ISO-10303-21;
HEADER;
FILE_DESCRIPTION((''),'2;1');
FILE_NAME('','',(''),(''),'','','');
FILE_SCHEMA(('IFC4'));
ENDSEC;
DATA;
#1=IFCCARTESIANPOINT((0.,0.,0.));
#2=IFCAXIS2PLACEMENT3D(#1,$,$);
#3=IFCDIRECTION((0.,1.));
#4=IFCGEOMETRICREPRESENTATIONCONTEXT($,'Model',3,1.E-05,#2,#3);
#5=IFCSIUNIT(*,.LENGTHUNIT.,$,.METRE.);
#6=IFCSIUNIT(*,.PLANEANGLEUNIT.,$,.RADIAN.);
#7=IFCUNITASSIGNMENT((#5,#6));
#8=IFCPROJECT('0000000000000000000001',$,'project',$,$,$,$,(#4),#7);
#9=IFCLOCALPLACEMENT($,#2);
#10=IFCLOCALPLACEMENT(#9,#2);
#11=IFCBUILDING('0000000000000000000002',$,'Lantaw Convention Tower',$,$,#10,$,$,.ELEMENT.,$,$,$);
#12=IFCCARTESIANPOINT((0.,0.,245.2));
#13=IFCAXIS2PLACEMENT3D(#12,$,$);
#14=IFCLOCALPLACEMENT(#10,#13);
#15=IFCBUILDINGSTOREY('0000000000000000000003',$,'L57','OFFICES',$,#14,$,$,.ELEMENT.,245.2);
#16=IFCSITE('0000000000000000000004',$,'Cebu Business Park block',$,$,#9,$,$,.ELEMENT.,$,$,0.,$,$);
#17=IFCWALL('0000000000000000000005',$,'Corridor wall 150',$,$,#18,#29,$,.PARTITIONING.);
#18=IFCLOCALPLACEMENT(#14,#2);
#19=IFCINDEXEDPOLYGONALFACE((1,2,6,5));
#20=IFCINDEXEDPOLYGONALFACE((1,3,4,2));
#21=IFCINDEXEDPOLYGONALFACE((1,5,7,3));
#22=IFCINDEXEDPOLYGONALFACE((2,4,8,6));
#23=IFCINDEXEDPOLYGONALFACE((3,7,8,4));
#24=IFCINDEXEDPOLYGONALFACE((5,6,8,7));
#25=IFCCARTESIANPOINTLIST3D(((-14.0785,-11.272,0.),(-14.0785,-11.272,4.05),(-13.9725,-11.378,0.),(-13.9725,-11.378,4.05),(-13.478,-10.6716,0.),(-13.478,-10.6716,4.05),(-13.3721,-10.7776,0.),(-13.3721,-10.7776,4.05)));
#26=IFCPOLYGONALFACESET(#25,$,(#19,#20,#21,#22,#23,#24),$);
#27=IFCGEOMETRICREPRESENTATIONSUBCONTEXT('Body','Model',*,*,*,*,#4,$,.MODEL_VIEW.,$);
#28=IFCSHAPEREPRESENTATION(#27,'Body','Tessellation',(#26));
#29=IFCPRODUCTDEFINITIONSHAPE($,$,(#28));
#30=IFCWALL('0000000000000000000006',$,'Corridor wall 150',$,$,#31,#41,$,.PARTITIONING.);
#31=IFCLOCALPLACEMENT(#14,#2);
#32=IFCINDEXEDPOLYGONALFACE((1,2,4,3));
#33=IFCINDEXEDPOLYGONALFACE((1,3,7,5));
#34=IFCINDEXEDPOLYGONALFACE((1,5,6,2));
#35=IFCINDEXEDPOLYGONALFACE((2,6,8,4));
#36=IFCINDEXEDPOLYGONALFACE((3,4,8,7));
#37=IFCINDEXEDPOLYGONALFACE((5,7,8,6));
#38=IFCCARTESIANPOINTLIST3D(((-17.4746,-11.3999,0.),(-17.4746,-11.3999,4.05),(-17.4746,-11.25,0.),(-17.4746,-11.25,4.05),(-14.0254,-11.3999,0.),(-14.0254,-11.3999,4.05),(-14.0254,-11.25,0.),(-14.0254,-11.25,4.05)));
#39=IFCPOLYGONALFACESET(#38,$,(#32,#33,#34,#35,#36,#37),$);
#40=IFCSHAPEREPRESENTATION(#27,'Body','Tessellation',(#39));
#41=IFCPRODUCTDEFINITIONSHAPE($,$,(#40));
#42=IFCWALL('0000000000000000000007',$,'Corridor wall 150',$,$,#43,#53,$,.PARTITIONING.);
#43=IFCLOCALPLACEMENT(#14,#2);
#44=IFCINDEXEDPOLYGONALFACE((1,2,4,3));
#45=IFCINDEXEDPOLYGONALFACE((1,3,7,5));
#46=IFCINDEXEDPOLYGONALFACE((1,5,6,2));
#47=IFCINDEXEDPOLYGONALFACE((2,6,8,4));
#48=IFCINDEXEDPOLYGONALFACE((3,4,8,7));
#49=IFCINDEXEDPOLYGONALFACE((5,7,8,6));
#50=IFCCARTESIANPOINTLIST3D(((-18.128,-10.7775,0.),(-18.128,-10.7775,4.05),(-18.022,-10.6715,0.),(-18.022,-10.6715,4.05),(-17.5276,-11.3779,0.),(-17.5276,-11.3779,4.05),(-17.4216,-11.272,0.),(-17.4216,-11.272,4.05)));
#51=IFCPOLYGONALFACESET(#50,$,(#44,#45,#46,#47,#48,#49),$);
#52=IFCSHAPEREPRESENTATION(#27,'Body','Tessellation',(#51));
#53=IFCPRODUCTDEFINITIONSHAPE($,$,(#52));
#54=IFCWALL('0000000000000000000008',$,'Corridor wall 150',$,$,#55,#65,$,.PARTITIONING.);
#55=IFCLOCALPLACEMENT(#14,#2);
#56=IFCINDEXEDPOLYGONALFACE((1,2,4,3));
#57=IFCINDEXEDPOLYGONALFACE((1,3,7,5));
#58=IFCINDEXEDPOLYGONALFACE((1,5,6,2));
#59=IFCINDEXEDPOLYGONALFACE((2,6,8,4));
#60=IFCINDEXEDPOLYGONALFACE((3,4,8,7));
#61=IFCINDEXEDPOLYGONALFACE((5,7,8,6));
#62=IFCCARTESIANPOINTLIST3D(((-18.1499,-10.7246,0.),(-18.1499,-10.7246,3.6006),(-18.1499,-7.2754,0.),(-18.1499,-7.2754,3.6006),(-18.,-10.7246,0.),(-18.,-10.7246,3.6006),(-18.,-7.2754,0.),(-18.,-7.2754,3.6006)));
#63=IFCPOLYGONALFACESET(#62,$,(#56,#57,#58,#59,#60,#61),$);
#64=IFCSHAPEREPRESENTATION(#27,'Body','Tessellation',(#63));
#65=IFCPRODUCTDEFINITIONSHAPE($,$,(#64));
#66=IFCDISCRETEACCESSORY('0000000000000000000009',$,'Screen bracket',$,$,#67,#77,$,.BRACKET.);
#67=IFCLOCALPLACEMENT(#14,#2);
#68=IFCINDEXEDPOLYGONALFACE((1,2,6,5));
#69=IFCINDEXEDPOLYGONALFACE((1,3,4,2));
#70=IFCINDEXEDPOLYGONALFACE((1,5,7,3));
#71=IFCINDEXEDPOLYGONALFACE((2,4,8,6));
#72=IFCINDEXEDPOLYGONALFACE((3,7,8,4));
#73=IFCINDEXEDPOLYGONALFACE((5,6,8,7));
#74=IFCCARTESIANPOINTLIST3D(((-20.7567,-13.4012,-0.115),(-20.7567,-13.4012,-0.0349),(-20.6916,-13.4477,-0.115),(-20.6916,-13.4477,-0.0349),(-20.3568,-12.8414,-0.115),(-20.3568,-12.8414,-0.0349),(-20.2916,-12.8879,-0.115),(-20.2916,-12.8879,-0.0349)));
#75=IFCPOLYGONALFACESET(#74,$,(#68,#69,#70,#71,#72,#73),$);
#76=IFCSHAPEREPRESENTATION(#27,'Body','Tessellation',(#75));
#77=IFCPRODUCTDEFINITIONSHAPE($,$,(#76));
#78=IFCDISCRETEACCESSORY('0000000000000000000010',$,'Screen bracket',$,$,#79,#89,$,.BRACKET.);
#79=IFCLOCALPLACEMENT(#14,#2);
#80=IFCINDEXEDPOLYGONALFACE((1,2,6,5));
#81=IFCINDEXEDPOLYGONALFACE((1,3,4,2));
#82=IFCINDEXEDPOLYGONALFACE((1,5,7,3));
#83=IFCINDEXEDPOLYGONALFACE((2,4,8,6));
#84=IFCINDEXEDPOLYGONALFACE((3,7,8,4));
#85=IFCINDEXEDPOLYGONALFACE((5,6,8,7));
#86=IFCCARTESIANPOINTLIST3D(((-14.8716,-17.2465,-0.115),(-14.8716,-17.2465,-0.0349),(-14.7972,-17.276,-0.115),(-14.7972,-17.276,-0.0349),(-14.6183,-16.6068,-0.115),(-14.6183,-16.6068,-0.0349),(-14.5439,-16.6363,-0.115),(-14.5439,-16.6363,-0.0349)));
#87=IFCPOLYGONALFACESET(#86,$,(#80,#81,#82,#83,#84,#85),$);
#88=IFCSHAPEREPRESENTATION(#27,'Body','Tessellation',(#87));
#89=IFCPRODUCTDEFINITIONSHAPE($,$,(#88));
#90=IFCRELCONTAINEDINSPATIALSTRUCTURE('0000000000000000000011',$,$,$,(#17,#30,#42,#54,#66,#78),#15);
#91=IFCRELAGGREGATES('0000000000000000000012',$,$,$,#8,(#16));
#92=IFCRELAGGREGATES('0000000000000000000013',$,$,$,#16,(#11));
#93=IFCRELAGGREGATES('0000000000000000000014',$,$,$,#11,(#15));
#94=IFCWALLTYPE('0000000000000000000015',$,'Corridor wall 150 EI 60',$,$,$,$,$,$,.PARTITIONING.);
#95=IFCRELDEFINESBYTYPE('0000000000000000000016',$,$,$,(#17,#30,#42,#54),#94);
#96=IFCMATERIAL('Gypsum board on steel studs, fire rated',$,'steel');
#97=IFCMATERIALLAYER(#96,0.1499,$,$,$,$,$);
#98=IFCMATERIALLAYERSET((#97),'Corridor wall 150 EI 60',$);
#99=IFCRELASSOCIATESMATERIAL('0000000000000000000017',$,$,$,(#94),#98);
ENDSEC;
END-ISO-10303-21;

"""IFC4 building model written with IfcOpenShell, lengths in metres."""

from ifc_helpers import new_model, si_unit, direction, frame, frame_2d, origin, origin_2d, place, context, subcontext, project, spatial, rectangle, extrude, material, layer, layer_set, type_object, element, save


model = new_model("IFC4")

# Units and contexts
model_context = context("Model", 3, precision=1e-05, world=origin(), true_north=direction((0.0, 1.0)))
body_context = subcontext(model_context, "Body", "Model", "MODEL_VIEW")
ifc_project = project(units=[si_unit("LENGTHUNIT", "METRE"), si_unit("PLANEANGLEUNIT", "RADIAN")], contexts=[model_context])

# Site, building, storey
site_placement = place(None, origin())
site = spatial("IfcSite", under=ifc_project, at=site_placement, Name="Cebu Business Park block", CompositionType="ELEMENT", RefElevation=0.0)
building_placement = place(site_placement, origin())
building = spatial("IfcBuilding", under=site, at=building_placement, Name="Lantaw Convention Tower", CompositionType="ELEMENT")
storey_placement = place(building_placement, frame((0.0, 0.0, 245.2)))
storey = spatial("IfcBuildingStorey", under=building, at=storey_placement, Name="L57", Description="OFFICES", CompositionType="ELEMENT", Elevation=245.2)

# Walls
ifc_material_1 = material(Name="Gypsum board on steel studs, fire rated", Category="steel")
ifc_layer_1 = layer(ifc_material_1, 0.1499)
ifc_layer_set_1 = layer_set([ifc_layer_1], Name="Corridor wall 150 EI 60")
wall_type = type_object("IfcWallType", Name="Corridor wall 150 EI 60", PredefinedType="PARTITIONING", material=ifc_layer_set_1)
wall_1_placement = place(storey_placement, frame((-13.425, -10.7246, 0.0), z_axis=(0.0, 0.0, 1.0), x_axis=(-0.707107, -0.707107, 0.0)))
element("IfcWall", 1, at=wall_1_placement, inside=storey, type_object=wall_type, Name="Corridor wall 150", PredefinedType="PARTITIONING", context=body_context, shape_type="SweptSolid", body=[
    extrude(rectangle(XDim=0.8491, YDim=0.1499, at=frame_2d((0.4246, 0.0))), origin(), (0.0, 0.0, 1.0), 4.05),
])
wall_2_placement = place(storey_placement, frame((-14.0254, -11.325, 0.0), z_axis=(0.0, 0.0, 1.0), x_axis=(-1.0, 0.0, 0.0)))
element("IfcWall", 2, at=wall_2_placement, inside=storey, type_object=wall_type, Name="Corridor wall 150", PredefinedType="PARTITIONING", context=body_context, shape_type="SweptSolid", body=[
    extrude(rectangle(XDim=3.4492, YDim=0.1499, at=frame_2d((1.7246, 0.0))), origin(), (0.0, 0.0, 1.0), 4.05),
])
wall_3_placement = place(storey_placement, frame((-17.4746, -11.325, 0.0), z_axis=(0.0, 0.0, 1.0), x_axis=(-0.707107, 0.707107, 0.0)))
element("IfcWall", 3, at=wall_3_placement, inside=storey, type_object=wall_type, Name="Corridor wall 150", PredefinedType="PARTITIONING", context=body_context, shape_type="SweptSolid", body=[
    extrude(rectangle(XDim=0.8491, YDim=0.1499, at=frame_2d((0.4246, 0.0))), origin(), (0.0, 0.0, 1.0), 4.05),
])
wall_4_placement = place(storey_placement, frame((-18.075, -10.7246, 0.0), z_axis=(0.0, 0.0, 1.0), x_axis=(0.0, 1.0, 0.0)))
element("IfcWall", 4, at=wall_4_placement, inside=storey, type_object=wall_type, Name="Corridor wall 150", PredefinedType="PARTITIONING", context=body_context, shape_type="SweptSolid", body=[
    extrude(rectangle(XDim=3.4492, YDim=0.1499, at=frame_2d((1.7246, 0.0))), origin(), (0.0, 0.0, 1.0), 3.6006),
])

# Discrete accessories
for number, where, z_axis, x_axis, name in (
    (5, (-20.5242, -13.1445, -0.115), (0.0, 0.0, 1.0), (0.813673, -0.581323, 0.0), "Screen bracket"),
    (6, (-14.7078, -16.9414, -0.115), (0.0, 0.0, 1.0), (0.929762, -0.368162, 0.0), "Screen bracket"),
):
    element("IfcDiscreteAccessory", number, at=place(storey_placement, frame(where, z_axis=z_axis, x_axis=x_axis)), inside=storey, Name=name, PredefinedType="BRACKET", context=body_context, shape_type="SweptSolid", body=[
        extrude(rectangle(XDim=0.0801, YDim=0.688, at=origin_2d()), origin(), (0.0, 0.0, 1.0), 0.0801),
    ])

save(model, "model.ifc")
